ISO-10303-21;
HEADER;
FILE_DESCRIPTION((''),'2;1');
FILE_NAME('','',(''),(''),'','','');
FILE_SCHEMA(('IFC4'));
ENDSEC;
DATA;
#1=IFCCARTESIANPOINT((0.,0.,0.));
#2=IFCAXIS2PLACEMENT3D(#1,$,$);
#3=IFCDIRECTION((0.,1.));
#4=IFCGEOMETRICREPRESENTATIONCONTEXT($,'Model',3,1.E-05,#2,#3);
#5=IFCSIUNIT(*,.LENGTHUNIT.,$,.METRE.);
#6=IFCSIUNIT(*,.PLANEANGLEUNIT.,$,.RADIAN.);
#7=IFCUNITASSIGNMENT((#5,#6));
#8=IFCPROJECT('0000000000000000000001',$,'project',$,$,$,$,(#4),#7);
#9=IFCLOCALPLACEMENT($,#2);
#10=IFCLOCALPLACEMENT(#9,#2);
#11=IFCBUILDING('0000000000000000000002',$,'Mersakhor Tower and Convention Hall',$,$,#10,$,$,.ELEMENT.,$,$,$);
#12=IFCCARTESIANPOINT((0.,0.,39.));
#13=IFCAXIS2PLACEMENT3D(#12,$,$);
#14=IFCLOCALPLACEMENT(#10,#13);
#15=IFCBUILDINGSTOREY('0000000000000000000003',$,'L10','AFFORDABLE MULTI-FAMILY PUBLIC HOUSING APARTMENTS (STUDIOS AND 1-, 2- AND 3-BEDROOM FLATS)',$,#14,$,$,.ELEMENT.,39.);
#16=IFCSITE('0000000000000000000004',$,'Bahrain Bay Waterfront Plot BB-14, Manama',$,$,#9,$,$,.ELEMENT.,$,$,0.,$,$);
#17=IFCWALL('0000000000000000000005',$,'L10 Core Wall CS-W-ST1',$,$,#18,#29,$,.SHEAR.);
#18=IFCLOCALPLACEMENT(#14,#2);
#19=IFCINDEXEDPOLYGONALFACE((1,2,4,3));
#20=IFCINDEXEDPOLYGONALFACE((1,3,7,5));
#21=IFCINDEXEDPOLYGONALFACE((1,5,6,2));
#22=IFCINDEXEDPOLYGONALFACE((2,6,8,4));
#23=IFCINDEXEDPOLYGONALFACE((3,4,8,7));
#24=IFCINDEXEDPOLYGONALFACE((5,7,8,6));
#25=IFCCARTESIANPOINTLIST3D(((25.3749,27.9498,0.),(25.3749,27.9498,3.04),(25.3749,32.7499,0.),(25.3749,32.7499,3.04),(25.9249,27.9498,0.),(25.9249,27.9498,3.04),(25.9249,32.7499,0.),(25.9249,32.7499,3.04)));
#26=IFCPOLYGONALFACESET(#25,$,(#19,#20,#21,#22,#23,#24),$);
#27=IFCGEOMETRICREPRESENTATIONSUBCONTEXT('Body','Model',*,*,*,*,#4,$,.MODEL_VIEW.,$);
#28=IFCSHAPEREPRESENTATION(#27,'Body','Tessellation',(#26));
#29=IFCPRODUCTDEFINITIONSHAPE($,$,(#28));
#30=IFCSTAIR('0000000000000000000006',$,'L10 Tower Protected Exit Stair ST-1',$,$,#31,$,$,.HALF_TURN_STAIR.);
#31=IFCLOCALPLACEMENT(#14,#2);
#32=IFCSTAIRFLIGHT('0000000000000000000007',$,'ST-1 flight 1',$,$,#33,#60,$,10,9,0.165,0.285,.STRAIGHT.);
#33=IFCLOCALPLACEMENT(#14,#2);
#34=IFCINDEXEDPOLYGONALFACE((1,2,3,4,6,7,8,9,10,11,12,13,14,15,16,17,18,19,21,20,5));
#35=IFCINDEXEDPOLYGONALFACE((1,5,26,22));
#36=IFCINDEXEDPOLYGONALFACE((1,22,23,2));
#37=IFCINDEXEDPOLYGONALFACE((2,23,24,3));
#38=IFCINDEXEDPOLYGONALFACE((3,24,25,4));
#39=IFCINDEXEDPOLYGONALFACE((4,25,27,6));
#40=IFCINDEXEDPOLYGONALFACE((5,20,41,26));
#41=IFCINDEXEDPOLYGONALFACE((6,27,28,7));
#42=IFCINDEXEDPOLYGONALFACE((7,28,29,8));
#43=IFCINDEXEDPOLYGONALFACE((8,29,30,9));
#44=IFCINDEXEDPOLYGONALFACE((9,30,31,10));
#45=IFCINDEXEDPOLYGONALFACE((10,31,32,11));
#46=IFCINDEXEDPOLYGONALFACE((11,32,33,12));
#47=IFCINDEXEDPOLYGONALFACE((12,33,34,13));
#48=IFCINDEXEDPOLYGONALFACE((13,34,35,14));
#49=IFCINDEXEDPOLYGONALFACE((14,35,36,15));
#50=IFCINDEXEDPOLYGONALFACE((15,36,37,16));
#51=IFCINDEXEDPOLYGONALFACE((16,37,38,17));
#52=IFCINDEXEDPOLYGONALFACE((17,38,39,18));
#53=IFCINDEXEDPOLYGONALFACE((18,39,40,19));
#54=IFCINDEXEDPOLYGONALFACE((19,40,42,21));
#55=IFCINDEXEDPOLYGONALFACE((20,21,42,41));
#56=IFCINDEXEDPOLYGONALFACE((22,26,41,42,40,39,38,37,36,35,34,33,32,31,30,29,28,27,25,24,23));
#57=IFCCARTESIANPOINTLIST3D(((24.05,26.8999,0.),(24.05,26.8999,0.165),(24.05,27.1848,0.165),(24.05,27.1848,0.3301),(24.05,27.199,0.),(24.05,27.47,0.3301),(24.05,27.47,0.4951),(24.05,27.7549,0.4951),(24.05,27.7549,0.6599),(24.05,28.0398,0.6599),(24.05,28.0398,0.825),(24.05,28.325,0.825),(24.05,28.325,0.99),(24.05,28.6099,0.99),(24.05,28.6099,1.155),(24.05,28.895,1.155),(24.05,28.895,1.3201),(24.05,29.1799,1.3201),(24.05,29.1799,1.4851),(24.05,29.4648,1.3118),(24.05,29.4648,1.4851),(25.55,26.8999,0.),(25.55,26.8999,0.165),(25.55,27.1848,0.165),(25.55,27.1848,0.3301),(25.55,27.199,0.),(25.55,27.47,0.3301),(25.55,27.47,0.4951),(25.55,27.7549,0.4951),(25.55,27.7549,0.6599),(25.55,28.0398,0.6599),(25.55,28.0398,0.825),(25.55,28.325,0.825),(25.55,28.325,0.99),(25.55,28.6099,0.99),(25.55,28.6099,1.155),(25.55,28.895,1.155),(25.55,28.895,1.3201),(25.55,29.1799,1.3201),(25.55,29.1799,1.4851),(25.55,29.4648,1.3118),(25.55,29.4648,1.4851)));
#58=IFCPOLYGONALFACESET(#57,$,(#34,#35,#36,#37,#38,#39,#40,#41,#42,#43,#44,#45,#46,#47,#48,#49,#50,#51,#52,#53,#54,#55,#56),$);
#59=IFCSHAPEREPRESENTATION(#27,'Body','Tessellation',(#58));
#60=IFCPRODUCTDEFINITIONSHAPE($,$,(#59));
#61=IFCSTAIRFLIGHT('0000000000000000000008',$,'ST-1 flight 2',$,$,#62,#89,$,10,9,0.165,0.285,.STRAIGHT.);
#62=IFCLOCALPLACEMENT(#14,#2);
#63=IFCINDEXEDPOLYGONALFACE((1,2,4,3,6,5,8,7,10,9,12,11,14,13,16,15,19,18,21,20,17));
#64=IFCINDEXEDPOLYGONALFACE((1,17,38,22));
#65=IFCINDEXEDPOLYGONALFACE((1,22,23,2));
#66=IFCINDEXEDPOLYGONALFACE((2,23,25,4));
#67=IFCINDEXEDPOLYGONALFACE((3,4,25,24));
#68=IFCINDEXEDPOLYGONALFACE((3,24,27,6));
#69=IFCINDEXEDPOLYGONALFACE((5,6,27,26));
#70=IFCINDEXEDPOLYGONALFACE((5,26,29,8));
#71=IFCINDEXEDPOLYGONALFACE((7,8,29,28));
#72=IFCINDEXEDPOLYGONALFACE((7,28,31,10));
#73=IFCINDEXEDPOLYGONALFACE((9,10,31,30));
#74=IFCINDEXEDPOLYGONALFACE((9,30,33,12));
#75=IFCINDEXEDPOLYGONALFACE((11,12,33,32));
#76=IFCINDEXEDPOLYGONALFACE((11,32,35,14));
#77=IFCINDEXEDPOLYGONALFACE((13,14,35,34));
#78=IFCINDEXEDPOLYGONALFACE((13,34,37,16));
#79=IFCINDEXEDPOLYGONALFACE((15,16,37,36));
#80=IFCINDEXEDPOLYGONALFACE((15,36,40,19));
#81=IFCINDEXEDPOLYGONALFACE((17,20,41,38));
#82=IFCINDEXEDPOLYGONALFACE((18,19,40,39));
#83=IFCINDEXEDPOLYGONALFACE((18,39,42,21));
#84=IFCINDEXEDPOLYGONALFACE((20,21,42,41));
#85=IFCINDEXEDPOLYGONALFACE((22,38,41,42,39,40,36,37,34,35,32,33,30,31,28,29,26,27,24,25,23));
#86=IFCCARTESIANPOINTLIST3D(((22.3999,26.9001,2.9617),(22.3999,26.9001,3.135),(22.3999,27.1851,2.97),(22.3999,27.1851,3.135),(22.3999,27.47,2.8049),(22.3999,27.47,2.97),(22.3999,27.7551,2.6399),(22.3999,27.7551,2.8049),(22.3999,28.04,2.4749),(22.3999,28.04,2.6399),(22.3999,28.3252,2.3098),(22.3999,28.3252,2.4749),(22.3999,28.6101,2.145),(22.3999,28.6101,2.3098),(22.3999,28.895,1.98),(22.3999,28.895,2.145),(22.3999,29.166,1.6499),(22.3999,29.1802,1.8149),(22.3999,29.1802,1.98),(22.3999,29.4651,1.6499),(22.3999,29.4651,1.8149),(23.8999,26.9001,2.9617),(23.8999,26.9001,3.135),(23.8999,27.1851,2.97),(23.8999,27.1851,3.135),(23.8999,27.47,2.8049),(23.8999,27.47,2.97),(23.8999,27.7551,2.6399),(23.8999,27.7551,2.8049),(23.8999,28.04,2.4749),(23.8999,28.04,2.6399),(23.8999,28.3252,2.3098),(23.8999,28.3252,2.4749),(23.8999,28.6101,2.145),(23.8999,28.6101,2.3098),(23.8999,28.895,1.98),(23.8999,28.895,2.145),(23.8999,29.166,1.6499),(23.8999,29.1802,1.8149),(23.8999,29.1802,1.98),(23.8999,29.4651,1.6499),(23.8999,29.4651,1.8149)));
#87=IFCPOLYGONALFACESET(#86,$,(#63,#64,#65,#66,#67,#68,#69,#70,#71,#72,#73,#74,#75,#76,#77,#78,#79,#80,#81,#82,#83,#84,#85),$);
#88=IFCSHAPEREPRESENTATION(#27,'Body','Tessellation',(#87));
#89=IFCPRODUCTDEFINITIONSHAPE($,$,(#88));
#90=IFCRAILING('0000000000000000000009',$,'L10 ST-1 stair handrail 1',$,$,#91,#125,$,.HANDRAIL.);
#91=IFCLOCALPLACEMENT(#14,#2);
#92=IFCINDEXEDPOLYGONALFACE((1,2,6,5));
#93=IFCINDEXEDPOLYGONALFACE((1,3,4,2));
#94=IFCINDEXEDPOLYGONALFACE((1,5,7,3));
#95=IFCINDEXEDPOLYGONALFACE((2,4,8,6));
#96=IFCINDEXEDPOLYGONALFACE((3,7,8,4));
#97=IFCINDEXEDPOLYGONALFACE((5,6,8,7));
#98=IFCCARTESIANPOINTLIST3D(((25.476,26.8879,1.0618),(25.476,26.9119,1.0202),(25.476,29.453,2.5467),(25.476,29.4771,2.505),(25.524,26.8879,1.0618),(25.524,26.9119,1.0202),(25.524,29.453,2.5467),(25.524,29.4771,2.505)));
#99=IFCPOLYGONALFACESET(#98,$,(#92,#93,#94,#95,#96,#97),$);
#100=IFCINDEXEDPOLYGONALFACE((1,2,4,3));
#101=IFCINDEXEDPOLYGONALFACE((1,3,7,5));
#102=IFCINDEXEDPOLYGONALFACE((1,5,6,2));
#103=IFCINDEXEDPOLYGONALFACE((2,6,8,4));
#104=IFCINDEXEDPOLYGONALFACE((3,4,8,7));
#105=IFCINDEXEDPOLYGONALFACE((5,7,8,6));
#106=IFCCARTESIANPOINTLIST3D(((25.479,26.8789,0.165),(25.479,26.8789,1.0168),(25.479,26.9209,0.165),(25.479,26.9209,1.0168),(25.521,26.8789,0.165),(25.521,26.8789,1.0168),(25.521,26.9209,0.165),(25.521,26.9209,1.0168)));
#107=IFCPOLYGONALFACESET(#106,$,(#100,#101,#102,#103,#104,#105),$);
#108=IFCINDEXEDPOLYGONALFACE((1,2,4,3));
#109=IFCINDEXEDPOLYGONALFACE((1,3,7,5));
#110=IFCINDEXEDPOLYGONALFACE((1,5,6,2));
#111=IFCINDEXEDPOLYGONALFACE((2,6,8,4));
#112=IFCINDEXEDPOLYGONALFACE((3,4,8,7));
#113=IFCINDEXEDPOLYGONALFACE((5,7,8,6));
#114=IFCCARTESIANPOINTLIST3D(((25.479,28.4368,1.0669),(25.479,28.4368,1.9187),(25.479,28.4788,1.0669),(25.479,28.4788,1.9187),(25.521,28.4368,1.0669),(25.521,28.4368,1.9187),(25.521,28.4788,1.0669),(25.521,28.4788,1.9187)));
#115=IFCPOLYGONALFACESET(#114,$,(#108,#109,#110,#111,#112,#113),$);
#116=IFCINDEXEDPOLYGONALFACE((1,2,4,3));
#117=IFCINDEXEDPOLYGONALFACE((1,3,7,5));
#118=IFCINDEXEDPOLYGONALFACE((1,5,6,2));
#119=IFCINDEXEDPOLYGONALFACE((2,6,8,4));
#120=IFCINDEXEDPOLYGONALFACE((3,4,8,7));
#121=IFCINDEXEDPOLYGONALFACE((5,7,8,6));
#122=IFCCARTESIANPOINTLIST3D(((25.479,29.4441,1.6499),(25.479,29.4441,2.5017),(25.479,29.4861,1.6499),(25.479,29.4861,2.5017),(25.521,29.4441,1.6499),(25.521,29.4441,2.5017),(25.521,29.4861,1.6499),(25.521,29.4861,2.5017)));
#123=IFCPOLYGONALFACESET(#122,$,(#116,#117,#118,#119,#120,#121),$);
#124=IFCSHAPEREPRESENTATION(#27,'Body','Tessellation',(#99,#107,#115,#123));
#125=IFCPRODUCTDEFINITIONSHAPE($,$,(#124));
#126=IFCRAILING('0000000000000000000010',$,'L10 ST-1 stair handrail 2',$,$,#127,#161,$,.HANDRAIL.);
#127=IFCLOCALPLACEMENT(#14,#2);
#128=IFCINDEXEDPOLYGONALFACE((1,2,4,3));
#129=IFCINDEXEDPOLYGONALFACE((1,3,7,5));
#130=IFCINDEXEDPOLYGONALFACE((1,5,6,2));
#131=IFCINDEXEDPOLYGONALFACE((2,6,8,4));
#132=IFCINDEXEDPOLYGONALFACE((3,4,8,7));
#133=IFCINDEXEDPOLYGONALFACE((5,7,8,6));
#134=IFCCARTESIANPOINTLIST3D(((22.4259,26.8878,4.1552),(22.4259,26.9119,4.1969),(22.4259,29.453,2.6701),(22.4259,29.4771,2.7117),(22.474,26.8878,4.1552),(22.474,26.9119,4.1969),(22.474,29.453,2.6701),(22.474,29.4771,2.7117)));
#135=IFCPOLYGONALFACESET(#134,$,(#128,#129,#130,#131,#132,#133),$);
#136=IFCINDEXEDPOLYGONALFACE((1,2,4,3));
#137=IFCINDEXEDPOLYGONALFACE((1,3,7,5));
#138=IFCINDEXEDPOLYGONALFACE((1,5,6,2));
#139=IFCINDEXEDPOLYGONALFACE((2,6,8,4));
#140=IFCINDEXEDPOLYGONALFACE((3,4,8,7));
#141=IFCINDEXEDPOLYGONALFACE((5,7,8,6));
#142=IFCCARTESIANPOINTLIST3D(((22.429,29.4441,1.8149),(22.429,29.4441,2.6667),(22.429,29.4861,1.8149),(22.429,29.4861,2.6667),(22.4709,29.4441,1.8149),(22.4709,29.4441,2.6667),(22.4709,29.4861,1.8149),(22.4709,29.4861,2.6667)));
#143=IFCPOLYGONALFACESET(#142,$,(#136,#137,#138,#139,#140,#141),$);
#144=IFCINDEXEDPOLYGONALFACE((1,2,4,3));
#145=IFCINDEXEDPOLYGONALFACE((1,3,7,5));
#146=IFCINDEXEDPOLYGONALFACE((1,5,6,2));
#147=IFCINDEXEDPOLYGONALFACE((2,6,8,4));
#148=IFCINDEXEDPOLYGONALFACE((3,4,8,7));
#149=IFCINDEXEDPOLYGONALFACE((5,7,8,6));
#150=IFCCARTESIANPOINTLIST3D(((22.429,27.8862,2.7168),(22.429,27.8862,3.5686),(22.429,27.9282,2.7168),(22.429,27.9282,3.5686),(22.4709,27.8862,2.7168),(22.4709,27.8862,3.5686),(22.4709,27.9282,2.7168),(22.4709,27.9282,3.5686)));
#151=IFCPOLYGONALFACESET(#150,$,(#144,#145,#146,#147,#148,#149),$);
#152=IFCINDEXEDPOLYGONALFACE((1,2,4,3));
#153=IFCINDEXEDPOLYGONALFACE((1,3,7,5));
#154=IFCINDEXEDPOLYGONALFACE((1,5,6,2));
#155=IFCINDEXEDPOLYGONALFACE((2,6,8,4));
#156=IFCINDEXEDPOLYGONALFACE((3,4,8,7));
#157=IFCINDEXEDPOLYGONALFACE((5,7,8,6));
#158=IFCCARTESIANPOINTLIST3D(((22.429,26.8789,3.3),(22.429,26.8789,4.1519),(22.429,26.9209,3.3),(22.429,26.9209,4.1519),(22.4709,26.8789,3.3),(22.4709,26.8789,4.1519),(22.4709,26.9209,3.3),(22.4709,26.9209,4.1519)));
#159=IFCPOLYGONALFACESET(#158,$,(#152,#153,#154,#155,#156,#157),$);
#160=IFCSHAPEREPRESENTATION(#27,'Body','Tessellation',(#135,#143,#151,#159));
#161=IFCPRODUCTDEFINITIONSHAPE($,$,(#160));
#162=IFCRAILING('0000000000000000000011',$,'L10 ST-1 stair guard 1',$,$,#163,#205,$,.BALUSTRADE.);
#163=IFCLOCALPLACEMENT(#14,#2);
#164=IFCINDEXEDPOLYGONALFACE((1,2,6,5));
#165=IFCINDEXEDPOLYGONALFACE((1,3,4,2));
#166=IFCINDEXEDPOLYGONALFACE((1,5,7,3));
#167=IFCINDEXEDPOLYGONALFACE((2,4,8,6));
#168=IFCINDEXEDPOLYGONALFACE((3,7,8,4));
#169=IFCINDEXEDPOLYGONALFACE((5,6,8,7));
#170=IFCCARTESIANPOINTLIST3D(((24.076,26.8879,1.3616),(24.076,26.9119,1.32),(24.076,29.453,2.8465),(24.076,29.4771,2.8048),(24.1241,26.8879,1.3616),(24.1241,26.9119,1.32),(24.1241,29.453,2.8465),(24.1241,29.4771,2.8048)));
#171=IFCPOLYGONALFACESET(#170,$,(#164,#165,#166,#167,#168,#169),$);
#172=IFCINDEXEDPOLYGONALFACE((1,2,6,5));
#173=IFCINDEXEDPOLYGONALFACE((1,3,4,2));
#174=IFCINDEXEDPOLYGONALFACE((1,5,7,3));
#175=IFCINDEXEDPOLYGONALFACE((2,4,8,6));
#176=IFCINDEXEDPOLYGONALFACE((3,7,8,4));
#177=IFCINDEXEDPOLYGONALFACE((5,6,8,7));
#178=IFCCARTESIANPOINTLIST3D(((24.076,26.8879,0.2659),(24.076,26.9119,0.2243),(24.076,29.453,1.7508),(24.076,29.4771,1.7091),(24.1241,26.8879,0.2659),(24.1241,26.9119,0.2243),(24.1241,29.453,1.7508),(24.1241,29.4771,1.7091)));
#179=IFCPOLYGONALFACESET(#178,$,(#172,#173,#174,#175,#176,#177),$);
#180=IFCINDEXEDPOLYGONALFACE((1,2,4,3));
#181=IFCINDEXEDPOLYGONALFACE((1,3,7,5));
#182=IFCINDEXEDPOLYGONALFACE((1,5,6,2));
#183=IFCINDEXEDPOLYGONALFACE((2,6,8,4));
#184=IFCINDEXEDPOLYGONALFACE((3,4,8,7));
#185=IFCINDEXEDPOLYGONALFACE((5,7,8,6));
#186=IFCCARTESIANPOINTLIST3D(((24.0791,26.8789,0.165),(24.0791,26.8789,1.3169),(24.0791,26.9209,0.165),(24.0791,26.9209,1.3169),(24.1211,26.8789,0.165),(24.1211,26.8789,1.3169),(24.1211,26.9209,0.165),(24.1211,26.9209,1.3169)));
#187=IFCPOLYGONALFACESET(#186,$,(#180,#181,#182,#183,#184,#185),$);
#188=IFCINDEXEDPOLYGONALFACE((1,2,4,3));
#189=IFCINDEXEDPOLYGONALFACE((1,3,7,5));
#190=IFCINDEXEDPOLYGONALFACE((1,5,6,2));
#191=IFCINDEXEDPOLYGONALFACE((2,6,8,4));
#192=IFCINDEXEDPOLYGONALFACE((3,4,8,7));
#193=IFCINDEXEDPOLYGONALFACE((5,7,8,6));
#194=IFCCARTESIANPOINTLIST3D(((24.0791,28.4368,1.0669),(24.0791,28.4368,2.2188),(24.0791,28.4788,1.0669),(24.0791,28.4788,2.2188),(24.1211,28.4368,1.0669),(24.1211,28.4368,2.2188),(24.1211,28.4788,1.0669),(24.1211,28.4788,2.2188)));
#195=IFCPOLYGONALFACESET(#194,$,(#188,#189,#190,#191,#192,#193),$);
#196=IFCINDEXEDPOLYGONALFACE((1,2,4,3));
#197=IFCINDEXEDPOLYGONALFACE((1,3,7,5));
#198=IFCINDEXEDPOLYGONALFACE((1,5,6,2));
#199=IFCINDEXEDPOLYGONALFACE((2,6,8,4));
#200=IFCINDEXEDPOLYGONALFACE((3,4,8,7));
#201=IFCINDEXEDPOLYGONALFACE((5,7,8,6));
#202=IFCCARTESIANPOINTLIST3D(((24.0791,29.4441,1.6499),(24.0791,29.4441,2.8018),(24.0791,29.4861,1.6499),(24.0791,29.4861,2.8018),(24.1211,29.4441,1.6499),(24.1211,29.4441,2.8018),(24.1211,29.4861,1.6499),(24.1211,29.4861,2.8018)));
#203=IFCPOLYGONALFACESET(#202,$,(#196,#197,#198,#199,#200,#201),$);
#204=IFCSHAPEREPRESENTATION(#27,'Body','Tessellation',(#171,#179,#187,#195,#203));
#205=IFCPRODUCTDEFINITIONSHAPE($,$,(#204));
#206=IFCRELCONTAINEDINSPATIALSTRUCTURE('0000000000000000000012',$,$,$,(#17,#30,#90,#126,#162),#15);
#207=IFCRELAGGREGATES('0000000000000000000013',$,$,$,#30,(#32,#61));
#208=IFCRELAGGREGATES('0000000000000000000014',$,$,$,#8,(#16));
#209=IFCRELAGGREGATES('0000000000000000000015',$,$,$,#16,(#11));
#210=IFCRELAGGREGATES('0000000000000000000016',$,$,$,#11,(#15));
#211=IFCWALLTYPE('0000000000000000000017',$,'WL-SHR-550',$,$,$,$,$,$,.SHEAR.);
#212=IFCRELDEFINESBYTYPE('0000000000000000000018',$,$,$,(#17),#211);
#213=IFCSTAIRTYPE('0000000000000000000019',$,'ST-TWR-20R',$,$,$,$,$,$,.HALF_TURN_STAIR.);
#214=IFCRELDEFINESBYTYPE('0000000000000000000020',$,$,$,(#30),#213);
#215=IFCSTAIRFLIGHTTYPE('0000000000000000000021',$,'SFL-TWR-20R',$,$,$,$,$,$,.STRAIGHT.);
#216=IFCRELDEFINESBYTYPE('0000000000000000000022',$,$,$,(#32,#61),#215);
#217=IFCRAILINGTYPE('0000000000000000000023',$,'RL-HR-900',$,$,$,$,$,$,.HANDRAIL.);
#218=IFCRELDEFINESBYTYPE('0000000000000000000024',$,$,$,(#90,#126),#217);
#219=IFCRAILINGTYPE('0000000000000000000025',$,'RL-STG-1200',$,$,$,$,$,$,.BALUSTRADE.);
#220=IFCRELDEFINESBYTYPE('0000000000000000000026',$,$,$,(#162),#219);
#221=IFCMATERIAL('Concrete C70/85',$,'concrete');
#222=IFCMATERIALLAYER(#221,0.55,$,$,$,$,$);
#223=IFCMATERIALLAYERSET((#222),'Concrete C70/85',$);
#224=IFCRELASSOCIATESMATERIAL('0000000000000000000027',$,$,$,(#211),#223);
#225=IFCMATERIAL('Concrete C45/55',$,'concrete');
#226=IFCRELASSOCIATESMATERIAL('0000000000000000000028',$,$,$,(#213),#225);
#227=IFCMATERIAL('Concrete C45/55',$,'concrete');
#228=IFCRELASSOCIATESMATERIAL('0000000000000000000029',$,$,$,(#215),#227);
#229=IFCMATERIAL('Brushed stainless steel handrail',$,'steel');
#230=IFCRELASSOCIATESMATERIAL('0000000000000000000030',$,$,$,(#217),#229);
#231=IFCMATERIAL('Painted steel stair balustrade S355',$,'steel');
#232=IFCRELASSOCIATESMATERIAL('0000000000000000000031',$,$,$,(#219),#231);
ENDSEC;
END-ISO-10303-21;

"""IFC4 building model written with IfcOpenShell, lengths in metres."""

from ifc_helpers import new_model, si_unit, direction, frame, frame_2d, origin, origin_2d, place, context, subcontext, project, spatial, polyline, rectangle, outline, extrude, material, layer, layer_set, type_object, element, aggregate, save


model = new_model("IFC4")

# Units and contexts
model_context = context("Model", 3, precision=1e-05, world=origin(), true_north=direction((0.0, 1.0)))
body_context = subcontext(model_context, "Body", "Model", "MODEL_VIEW")
ifc_project = project(units=[si_unit("LENGTHUNIT", "METRE"), si_unit("PLANEANGLEUNIT", "RADIAN")], contexts=[model_context])

# Site, building, storey
site_placement = place(None, origin())
site = spatial("IfcSite", under=ifc_project, at=site_placement, Name="Bahrain Bay Waterfront Plot BB-14, Manama", CompositionType="ELEMENT", RefElevation=0.0)
building_placement = place(site_placement, origin())
building = spatial("IfcBuilding", under=site, at=building_placement, Name="Mersakhor Tower and Convention Hall", CompositionType="ELEMENT")
storey_placement = place(building_placement, frame((0.0, 0.0, 39.0)))
storey = spatial("IfcBuildingStorey", under=building, at=storey_placement, Name="L10", Description="AFFORDABLE MULTI-FAMILY PUBLIC HOUSING APARTMENTS (STUDIOS AND 1-, 2- AND 3-BEDROOM FLATS)", CompositionType="ELEMENT", Elevation=39.0)

# Shared definitions
ifc_material_1 = material(Name="Concrete C70/85", Category="concrete")
ifc_layer_1 = layer(ifc_material_1, 0.55)
ifc_layer_set_1 = layer_set([ifc_layer_1], Name="Concrete C70/85")
wall_type_1 = type_object("IfcWallType", Name="WL-SHR-550", PredefinedType="SHEAR", material=ifc_layer_set_1)

# Wall
wall_1_placement = place(storey_placement, frame((25.6499, 27.95, 0.0), z_axis=(0.0, 0.0, 1.0), x_axis=(0.0, 1.0, 0.0)))
element("IfcWall", 1, at=wall_1_placement, inside=storey, type_object=wall_type_1, Name="L10 Core Wall CS-W-ST1", PredefinedType="SHEAR", context=body_context, shape_type="SweptSolid", body=[
    extrude(rectangle(XDim=4.8, YDim=0.55, at=frame_2d((2.3999, 0.0))), origin(), (0.0, 0.0, 1.0), 3.04),
])

# Stair, stair flights
ifc_material_2 = material(Name="Concrete C45/55", Category="concrete")
stair_type = type_object("IfcStairType", Name="ST-TWR-20R", PredefinedType="HALF_TURN_STAIR", material=ifc_material_2)
stair_placement = place(storey_placement, origin())
stair = element("IfcStair", 2, at=stair_placement, inside=storey, type_object=stair_type, Name="L10 Tower Protected Exit Stair ST-1", PredefinedType="HALF_TURN_STAIR")
ifc_material_3 = material(Name="Concrete C45/55", Category="concrete")
stair_flight_type = type_object("IfcStairFlightType", Name="SFL-TWR-20R", PredefinedType="STRAIGHT", material=ifc_material_3)
stair_flight_1_placement = place(storey_placement, frame((24.8, 26.8999, 0.0), z_axis=(0.0, 0.0, 1.0), x_axis=(0.0, 1.0, 0.0)))
stair_flight_1 = element("IfcStairFlight", 3, at=stair_flight_1_placement, type_object=stair_flight_type, Name="ST-1 flight 1", NumberOfRisers=10, NumberOfTreads=9, PredefinedType="STRAIGHT", RiserHeight=0.165, TreadLength=0.285, context=body_context, shape_type="SweptSolid", body=[
    extrude(outline(polyline([(0.0, 0.0), (0.0, 0.165), (0.2849, 0.165), (0.2849, 0.3301), (0.5701, 0.3301), (0.5701, 0.4951), (0.855, 0.4951), (0.855, 0.6599), (1.1399, 0.6599), (1.1399, 0.825), (1.425, 0.825), (1.425, 0.99), (1.71, 0.99), (1.71, 1.155), (1.9951, 1.155), (1.9951, 1.3201), (2.28, 1.3201), (2.28, 1.4851), (2.5649, 1.4851), (2.5649, 1.6499), (2.5649, 1.3118), (0.2991, 0.0), (0.0, 0.0)])), frame((0.0, 0.75, 0.0), z_axis=(0.0, -1.0, 0.0), x_axis=(1.0, 0.0, 0.0)), (0.0, 0.0, 1.0), 1.5),
])
stair_flight_2_placement = place(storey_placement, frame((23.1499, 29.4651, 1.6499), z_axis=(0.0, 0.0, 1.0), x_axis=(0.0, -1.0, 0.0)))
stair_flight_2 = element("IfcStairFlight", 4, at=stair_flight_2_placement, type_object=stair_flight_type, Name="ST-1 flight 2", NumberOfRisers=10, NumberOfTreads=9, PredefinedType="STRAIGHT", RiserHeight=0.165, TreadLength=0.285, context=body_context, shape_type="SweptSolid", body=[
    extrude(outline(polyline([(0.0, 0.0), (0.0, 0.165), (0.2849, 0.165), (0.2849, 0.3301), (0.5701, 0.3301), (0.5701, 0.4951), (0.855, 0.4951), (0.855, 0.6599), (1.1399, 0.6599), (1.1399, 0.825), (1.425, 0.825), (1.425, 0.99), (1.71, 0.99), (1.71, 1.155), (1.9951, 1.155), (1.9951, 1.3201), (2.28, 1.3201), (2.28, 1.4851), (2.5649, 1.4851), (2.5649, 1.6499), (2.5649, 1.3118), (0.2991, 0.0), (0.0, 0.0)])), frame((0.0, 0.75, 0.0), z_axis=(0.0, -1.0, 0.0), x_axis=(1.0, 0.0, 0.0)), (0.0, 0.0, 1.0), 1.5),
])
aggregate(stair, [stair_flight_1, stair_flight_2])

# Railings
ifc_material_4 = material(Name="Brushed stainless steel handrail", Category="steel")
railing_type_1 = type_object("IfcRailingType", Name="RL-HR-900", PredefinedType="HANDRAIL", material=ifc_material_4)
railing_1_placement = place(storey_placement, frame((25.5, 26.8999, 0.165)))
element("IfcRailing", 5, at=railing_1_placement, inside=storey, type_object=railing_type_1, Name="L10 ST-1 stair handrail 1", PredefinedType="HANDRAIL", context=body_context, shape_type="SweptSolid", body=[
    extrude(rectangle(XDim=0.0481, YDim=0.0481, at=origin_2d()), frame((0.0, 0.0, 0.876), z_axis=(0.0, 0.865462, 0.500975), x_axis=(-1.0, 0.0, 0.0)), (0.0, 0.0, 1.0), 2.9639),
    extrude(rectangle(XDim=0.042, YDim=0.042, at=origin_2d()), origin(), (0.0, 0.0, 1.0), 0.8518),
    extrude(rectangle(XDim=0.042, YDim=0.042, at=origin_2d()), frame((0.0, 1.5579, 0.9019)), (0.0, 0.0, 1.0), 0.8518),
    extrude(rectangle(XDim=0.042, YDim=0.042, at=origin_2d()), frame((0.0, 2.5652, 1.4849)), (0.0, 0.0, 1.0), 0.8518),
])
railing_2_placement = place(storey_placement, frame((22.45, 29.4651, 1.8149)))
element("IfcRailing", 6, at=railing_2_placement, inside=storey, type_object=railing_type_1, Name="L10 ST-1 stair handrail 2", PredefinedType="HANDRAIL", context=body_context, shape_type="SweptSolid", body=[
    extrude(rectangle(XDim=0.0481, YDim=0.0481, at=origin_2d()), frame((0.0, 0.0, 0.876), z_axis=(0.0, -0.865426, 0.501036), x_axis=(1.0, 0.0, 0.0)), (0.0, 0.0, 1.0), 2.9641),
    extrude(rectangle(XDim=0.042, YDim=0.042, at=origin_2d()), origin(), (0.0, 0.0, 1.0), 0.8518),
    extrude(rectangle(XDim=0.042, YDim=0.042, at=origin_2d()), frame((0.0, -1.5579, 0.9019)), (0.0, 0.0, 1.0), 0.8518),
    extrude(rectangle(XDim=0.042, YDim=0.042, at=origin_2d()), frame((0.0, -2.5652, 1.4851)), (0.0, 0.0, 1.0), 0.8518),
])
ifc_material_5 = material(Name="Painted steel stair balustrade S355", Category="steel")
railing_type_2 = type_object("IfcRailingType", Name="RL-STG-1200", PredefinedType="BALUSTRADE", material=ifc_material_5)
railing_3_placement = place(storey_placement, frame((24.1001, 26.8999, 0.165)))
element("IfcRailing", 7, at=railing_3_placement, inside=storey, type_object=railing_type_2, Name="L10 ST-1 stair guard 1", PredefinedType="BALUSTRADE", context=body_context, shape_type="SweptSolid", body=[
    extrude(rectangle(XDim=0.0481, YDim=0.0481, at=origin_2d()), frame((0.0, 0.0, 1.1758), z_axis=(0.0, 0.865462, 0.500975), x_axis=(-1.0, 0.0, 0.0)), (0.0, 0.0, 1.0), 2.9639),
    extrude(rectangle(XDim=0.0481, YDim=0.0481, at=origin_2d()), frame((0.0, 0.0, 0.0801), z_axis=(0.0, 0.865462, 0.500975), x_axis=(-1.0, 0.0, 0.0)), (0.0, 0.0, 1.0), 2.9639),
    extrude(rectangle(XDim=0.042, YDim=0.042, at=origin_2d()), origin(), (0.0, 0.0, 1.0), 1.1519),
    extrude(rectangle(XDim=0.042, YDim=0.042, at=origin_2d()), frame((0.0, 1.5579, 0.9019)), (0.0, 0.0, 1.0), 1.1519),
    extrude(rectangle(XDim=0.042, YDim=0.042, at=origin_2d()), frame((0.0, 2.5652, 1.4849)), (0.0, 0.0, 1.0), 1.1519),
])

save(model, "model.ifc")
